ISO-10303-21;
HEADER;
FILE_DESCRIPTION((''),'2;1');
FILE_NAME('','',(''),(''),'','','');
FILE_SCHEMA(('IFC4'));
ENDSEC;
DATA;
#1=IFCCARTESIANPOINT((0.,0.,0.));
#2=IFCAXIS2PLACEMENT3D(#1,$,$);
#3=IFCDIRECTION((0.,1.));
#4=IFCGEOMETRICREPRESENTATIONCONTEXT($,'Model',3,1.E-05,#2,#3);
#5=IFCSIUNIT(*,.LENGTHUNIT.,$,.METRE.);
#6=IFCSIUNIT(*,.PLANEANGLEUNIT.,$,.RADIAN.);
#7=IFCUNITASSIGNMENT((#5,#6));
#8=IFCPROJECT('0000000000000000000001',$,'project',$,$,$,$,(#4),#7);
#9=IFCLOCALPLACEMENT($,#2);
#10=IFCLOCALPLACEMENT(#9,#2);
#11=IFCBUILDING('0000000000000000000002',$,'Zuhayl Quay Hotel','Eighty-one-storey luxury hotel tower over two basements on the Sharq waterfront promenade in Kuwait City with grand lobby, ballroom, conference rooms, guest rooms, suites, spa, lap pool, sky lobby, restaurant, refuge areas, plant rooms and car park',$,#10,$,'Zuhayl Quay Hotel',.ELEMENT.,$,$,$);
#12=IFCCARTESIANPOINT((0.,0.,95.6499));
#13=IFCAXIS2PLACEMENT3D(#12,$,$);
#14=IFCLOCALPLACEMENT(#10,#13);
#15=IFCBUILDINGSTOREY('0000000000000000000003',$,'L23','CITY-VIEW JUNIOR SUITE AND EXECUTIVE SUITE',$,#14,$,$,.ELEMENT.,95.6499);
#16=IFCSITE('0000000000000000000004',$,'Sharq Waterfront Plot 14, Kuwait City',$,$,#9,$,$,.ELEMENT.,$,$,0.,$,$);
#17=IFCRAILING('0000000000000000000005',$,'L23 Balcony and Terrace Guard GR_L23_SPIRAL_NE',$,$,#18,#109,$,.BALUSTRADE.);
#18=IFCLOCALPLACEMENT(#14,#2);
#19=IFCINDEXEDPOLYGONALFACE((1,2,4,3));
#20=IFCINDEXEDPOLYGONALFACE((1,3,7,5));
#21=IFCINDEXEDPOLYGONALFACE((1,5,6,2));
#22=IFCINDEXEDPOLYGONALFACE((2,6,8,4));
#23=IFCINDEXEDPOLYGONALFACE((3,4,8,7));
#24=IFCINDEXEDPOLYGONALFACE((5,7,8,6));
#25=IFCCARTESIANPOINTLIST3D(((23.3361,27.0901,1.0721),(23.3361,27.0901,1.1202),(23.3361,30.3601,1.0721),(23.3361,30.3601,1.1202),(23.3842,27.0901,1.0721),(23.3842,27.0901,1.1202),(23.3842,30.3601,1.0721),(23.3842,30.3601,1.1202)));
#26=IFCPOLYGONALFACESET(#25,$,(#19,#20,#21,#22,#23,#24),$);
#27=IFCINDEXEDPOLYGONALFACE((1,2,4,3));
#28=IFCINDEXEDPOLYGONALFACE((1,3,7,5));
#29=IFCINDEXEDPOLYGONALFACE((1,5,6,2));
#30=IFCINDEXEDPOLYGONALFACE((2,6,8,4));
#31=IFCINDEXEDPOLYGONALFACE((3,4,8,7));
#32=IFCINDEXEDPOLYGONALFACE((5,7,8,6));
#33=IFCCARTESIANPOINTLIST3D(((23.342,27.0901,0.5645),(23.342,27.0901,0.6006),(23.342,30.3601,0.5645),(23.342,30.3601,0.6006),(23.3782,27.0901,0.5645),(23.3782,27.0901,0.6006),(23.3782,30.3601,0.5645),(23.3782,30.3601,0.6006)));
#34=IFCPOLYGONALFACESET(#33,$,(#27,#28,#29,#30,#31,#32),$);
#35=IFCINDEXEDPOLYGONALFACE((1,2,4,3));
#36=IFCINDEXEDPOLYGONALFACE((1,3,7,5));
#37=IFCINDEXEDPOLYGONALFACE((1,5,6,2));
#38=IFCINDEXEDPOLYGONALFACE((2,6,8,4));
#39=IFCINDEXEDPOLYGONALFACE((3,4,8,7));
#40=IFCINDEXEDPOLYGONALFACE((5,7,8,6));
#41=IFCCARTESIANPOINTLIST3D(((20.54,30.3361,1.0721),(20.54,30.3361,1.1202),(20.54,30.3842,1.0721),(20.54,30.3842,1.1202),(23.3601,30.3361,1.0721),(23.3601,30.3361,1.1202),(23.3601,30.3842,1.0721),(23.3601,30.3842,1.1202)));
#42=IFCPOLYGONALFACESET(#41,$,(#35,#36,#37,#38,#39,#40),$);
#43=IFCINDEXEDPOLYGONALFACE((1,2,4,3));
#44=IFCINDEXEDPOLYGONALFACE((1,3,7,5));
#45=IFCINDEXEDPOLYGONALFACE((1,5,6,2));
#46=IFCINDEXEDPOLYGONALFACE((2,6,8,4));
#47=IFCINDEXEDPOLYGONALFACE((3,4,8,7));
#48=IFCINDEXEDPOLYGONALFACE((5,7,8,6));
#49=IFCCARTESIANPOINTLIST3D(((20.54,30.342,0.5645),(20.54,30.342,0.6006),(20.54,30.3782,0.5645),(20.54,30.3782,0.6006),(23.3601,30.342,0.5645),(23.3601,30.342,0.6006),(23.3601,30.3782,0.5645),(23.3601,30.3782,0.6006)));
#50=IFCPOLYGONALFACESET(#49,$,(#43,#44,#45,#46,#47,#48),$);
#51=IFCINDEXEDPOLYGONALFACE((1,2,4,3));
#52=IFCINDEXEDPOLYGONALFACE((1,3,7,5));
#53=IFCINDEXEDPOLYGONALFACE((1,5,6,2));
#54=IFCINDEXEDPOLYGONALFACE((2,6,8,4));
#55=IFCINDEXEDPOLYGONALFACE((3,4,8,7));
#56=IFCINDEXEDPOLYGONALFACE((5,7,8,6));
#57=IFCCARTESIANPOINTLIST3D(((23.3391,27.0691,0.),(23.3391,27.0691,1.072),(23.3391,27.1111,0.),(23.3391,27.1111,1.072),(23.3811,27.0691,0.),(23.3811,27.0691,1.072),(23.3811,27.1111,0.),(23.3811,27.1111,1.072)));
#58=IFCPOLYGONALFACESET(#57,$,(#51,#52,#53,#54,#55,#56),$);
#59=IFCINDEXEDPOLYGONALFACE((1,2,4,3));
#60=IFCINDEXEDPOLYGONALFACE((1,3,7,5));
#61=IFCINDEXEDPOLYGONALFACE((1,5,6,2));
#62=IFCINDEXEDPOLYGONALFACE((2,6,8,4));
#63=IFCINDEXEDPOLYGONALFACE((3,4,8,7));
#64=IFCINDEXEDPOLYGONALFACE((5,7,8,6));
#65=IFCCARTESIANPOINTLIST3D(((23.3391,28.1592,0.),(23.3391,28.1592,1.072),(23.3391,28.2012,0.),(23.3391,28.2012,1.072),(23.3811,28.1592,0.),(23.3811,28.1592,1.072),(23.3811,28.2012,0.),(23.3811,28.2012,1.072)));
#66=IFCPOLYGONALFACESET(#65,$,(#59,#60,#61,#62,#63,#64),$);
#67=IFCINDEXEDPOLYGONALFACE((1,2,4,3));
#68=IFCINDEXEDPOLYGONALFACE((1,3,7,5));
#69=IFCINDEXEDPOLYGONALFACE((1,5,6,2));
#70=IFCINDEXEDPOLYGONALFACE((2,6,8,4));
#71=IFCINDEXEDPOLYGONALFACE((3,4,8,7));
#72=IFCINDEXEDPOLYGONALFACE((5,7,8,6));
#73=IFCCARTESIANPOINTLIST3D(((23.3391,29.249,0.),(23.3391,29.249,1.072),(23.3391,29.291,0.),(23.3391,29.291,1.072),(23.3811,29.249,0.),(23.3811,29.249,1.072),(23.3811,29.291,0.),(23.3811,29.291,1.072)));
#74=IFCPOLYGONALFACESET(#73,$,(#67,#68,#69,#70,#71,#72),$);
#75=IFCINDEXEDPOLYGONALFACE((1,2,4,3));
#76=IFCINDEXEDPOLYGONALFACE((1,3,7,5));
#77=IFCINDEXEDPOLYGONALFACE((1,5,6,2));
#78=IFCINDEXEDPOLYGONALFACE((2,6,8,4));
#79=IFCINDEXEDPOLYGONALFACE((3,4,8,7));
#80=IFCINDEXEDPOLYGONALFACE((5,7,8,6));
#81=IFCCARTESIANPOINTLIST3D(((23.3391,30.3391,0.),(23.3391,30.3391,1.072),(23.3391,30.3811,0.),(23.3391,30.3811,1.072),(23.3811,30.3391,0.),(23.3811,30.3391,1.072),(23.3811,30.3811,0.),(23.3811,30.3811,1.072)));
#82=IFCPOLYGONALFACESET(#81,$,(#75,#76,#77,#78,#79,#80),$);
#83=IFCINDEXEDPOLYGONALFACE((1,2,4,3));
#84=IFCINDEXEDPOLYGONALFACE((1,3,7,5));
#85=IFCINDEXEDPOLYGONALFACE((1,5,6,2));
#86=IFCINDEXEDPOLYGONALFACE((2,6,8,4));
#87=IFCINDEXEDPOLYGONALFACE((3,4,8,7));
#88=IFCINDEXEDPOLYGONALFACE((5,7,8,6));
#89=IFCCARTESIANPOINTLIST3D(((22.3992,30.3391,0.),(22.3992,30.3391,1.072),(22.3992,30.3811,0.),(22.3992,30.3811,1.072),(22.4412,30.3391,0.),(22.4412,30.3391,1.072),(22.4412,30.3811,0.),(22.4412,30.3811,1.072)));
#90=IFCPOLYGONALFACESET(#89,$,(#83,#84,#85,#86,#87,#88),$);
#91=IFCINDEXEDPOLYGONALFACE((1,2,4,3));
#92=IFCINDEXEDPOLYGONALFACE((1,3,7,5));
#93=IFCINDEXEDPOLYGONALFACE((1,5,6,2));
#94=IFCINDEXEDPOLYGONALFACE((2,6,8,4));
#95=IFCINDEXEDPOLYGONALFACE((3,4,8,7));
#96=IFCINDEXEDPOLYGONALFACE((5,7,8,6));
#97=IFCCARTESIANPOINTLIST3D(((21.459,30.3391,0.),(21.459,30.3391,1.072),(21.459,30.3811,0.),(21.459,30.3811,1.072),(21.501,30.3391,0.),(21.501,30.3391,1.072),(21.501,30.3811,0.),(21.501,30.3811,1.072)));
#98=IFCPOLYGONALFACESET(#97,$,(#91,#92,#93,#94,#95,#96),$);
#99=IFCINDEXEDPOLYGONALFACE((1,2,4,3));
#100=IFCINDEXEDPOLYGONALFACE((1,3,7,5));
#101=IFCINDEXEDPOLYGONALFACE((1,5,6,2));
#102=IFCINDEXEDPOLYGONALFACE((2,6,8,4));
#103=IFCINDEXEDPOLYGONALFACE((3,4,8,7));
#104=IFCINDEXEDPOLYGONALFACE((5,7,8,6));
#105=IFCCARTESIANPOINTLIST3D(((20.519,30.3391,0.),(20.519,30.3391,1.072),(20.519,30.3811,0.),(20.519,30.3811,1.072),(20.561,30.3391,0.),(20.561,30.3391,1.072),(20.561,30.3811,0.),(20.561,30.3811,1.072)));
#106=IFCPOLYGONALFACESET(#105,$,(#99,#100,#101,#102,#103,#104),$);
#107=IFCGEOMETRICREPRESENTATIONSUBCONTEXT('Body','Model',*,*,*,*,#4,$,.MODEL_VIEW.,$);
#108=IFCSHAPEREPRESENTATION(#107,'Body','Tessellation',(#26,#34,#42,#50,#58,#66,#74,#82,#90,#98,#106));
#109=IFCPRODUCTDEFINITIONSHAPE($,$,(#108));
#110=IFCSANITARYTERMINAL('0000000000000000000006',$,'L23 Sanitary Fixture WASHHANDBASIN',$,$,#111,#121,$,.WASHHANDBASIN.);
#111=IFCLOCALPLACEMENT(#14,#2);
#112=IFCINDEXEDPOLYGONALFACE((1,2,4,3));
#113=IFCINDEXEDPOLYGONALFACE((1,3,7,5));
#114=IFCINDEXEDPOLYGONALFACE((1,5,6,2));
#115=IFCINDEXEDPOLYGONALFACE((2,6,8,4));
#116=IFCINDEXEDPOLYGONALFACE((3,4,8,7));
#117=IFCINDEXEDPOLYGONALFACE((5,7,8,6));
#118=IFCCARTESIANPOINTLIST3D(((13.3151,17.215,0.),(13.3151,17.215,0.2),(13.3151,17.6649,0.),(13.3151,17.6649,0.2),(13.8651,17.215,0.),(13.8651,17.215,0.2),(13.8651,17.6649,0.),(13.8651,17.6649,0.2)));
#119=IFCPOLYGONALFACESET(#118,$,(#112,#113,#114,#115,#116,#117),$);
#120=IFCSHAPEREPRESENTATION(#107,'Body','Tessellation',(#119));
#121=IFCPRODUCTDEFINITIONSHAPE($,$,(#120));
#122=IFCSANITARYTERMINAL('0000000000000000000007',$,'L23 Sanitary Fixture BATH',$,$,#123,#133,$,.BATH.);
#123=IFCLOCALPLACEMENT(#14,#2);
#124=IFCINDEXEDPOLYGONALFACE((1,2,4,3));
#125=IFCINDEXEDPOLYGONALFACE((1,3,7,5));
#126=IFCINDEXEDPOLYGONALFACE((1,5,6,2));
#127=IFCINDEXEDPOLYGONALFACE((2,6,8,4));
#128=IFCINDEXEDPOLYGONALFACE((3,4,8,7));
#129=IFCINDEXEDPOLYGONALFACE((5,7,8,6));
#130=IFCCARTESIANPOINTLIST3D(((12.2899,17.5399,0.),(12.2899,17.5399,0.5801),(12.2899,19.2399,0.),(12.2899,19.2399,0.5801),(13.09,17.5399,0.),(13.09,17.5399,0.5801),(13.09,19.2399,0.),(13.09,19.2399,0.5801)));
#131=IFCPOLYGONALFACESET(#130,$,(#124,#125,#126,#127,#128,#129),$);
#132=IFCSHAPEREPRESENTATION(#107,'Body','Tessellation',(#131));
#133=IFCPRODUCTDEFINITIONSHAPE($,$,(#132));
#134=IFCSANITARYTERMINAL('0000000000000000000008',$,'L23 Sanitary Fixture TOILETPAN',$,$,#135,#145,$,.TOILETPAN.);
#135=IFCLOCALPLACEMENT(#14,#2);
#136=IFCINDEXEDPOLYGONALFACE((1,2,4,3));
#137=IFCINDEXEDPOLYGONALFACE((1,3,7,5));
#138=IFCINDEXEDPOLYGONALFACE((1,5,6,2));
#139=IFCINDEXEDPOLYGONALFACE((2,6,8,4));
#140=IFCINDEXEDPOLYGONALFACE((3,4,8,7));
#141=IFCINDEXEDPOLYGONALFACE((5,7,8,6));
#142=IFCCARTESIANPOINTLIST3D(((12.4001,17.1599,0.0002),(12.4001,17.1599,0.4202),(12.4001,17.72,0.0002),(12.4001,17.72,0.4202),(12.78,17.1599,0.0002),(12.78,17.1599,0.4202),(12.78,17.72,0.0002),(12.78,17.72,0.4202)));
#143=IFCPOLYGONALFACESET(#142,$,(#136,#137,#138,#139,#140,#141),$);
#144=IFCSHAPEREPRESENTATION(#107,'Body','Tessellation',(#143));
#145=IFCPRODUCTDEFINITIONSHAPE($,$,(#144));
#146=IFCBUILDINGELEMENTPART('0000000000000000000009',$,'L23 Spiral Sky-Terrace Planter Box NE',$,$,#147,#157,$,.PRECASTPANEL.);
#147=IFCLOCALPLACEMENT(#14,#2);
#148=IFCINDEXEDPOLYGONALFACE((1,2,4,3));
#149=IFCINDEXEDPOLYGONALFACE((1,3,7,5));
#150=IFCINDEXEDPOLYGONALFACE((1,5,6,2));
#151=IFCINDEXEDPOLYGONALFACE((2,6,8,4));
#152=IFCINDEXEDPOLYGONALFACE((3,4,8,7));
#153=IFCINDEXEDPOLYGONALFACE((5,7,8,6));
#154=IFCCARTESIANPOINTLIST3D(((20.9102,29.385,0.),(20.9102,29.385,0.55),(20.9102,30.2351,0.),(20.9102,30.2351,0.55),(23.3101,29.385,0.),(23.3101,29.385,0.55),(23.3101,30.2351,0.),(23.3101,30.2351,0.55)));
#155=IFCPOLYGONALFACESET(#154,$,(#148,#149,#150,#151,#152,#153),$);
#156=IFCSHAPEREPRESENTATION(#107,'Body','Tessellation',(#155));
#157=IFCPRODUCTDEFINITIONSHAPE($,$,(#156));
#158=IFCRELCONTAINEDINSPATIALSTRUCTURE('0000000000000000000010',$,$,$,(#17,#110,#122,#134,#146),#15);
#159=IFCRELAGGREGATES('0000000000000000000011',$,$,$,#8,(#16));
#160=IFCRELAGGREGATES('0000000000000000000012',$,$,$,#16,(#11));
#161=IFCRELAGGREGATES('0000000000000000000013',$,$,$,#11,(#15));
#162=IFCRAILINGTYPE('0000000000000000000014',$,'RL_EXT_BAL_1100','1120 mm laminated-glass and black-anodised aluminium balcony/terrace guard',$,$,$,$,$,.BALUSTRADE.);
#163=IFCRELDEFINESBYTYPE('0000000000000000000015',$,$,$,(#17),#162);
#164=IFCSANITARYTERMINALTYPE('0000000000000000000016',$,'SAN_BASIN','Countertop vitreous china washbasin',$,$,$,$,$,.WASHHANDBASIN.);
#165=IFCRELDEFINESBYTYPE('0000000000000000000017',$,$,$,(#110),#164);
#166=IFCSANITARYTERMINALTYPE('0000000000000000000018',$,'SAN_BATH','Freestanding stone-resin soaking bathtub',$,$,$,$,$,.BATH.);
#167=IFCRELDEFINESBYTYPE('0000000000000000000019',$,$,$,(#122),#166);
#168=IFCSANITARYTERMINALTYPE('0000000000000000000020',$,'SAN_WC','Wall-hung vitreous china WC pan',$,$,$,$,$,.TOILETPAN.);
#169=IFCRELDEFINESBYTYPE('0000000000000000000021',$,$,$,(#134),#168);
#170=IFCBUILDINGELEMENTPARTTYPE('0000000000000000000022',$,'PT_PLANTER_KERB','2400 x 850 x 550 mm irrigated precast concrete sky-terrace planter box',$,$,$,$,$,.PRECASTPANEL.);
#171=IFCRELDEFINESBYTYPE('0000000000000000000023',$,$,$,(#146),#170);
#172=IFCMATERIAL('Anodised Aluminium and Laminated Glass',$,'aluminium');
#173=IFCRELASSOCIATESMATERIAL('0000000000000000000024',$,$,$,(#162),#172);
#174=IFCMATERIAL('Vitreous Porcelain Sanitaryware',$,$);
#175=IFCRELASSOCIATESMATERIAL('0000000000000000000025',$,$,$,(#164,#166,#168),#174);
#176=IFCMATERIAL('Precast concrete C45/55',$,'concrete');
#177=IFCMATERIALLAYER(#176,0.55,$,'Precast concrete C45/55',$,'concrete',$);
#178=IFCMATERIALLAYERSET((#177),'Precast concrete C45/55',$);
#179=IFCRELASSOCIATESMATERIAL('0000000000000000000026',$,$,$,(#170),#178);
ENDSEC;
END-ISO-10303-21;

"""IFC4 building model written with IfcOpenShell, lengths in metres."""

from ifc_helpers import new_model, si_unit, direction, frame, origin, origin_2d, place, context, subcontext, project, spatial, rectangle, extrude, material, layer, layer_set, type_object, element, save


model = new_model("IFC4")

# Units and contexts
model_context = context("Model", 3, precision=1e-05, world=origin(), true_north=direction((0.0, 1.0)))
body_context = subcontext(model_context, "Body", "Model", "MODEL_VIEW")
ifc_project = project(units=[si_unit("LENGTHUNIT", "METRE"), si_unit("PLANEANGLEUNIT", "RADIAN")], contexts=[model_context])

# Site, building, storey
site_placement = place(None, origin())
site = spatial("IfcSite", under=ifc_project, at=site_placement, Name="Sharq Waterfront Plot 14, Kuwait City", CompositionType="ELEMENT", RefElevation=0.0)
building_placement = place(site_placement, origin())
building = spatial("IfcBuilding", under=site, at=building_placement, Name="Zuhayl Quay Hotel", Description="Eighty-one-storey luxury hotel tower over two basements on the Sharq waterfront promenade in Kuwait City with grand lobby, ballroom, conference rooms, guest rooms, suites, spa, lap pool, sky lobby, restaurant, refuge areas, plant rooms and car park", LongName="Zuhayl Quay Hotel", CompositionType="ELEMENT")
storey_placement = place(building_placement, frame((0.0, 0.0, 95.6499)))
storey = spatial("IfcBuildingStorey", under=building, at=storey_placement, Name="L23", Description="CITY-VIEW JUNIOR SUITE AND EXECUTIVE SUITE", CompositionType="ELEMENT", Elevation=95.6499)

# Shared definitions
ifc_material_1 = material(Name="Precast concrete C45/55", Category="concrete")

# Railing
ifc_material_2 = material(Name="Anodised Aluminium and Laminated Glass", Category="aluminium")
railing_type = type_object("IfcRailingType", Name="RL_EXT_BAL_1100", Description="1120 mm laminated-glass and black-anodised aluminium balcony/terrace guard", PredefinedType="BALUSTRADE", material=ifc_material_2)
railing_placement = place(storey_placement, frame((23.3601, 27.0901, 0.0)))
element("IfcRailing", 1, at=railing_placement, inside=storey, type_object=railing_type, Name="L23 Balcony and Terrace Guard GR_L23_SPIRAL_NE", PredefinedType="BALUSTRADE", context=body_context, shape_type="SweptSolid", body=[
    extrude(rectangle(XDim=0.0481, YDim=0.0481, at=origin_2d()), frame((0.0, 0.0, 1.0962), z_axis=(0.0, 1.0, 0.0), x_axis=(-1.0, 0.0, 0.0)), (0.0, 0.0, 1.0), 3.27),
    extrude(rectangle(XDim=0.0361, YDim=0.0361, at=origin_2d()), frame((0.0, 0.0, 0.5825), z_axis=(0.0, 1.0, 0.0), x_axis=(-1.0, 0.0, 0.0)), (0.0, 0.0, 1.0), 3.27),
    extrude(rectangle(XDim=0.0481, YDim=0.0481, at=origin_2d()), frame((0.0, 3.27, 1.0962), z_axis=(-1.0, 0.0, 0.0), x_axis=(0.0, -1.0, 0.0)), (0.0, 0.0, 1.0), 2.8201),
    extrude(rectangle(XDim=0.0361, YDim=0.0361, at=origin_2d()), frame((0.0, 3.27, 0.5825), z_axis=(-1.0, 0.0, 0.0), x_axis=(0.0, -1.0, 0.0)), (0.0, 0.0, 1.0), 2.8201),
    extrude(rectangle(XDim=0.042, YDim=0.042, at=origin_2d()), origin(), (0.0, 0.0, 1.0), 1.072),
    extrude(rectangle(XDim=0.042, YDim=0.042, at=origin_2d()), frame((0.0, 1.0901, 0.0)), (0.0, 0.0, 1.0), 1.072),
    extrude(rectangle(XDim=0.042, YDim=0.042, at=origin_2d()), frame((0.0, 2.1799, 0.0)), (0.0, 0.0, 1.0), 1.072),
    extrude(rectangle(XDim=0.042, YDim=0.042, at=origin_2d()), frame((0.0, 3.27, 0.0)), (0.0, 0.0, 1.0), 1.072),
    extrude(rectangle(XDim=0.042, YDim=0.042, at=origin_2d()), frame((-0.9399, 3.27, 0.0)), (0.0, 0.0, 1.0), 1.072),
    extrude(rectangle(XDim=0.042, YDim=0.042, at=origin_2d()), frame((-1.8801, 3.27, 0.0)), (0.0, 0.0, 1.0), 1.072),
    extrude(rectangle(XDim=0.042, YDim=0.042, at=origin_2d()), frame((-2.8201, 3.27, 0.0)), (0.0, 0.0, 1.0), 1.072),
])

# Sanitary terminals
ifc_material_3 = material(Name="Vitreous Porcelain Sanitaryware")
sanitary_terminal_type_1 = type_object("IfcSanitaryTerminalType", Name="SAN_BASIN", Description="Countertop vitreous china washbasin", PredefinedType="WASHHANDBASIN", material=ifc_material_3)
sanitary_terminal_1_placement = place(storey_placement, frame((13.5901, 17.4399, 0.0), z_axis=(0.0, 0.0, 1.0), x_axis=(1.0, 0.0, 0.0)))
element("IfcSanitaryTerminal", 2, at=sanitary_terminal_1_placement, inside=storey, type_object=sanitary_terminal_type_1, Name="L23 Sanitary Fixture WASHHANDBASIN", PredefinedType="WASHHANDBASIN", context=body_context, shape_type="SweptSolid", body=[
    extrude(rectangle(XDim=0.55, YDim=0.45, at=origin_2d()), origin(), (0.0, 0.0, 1.0), 0.2),
])
sanitary_terminal_type_2 = type_object("IfcSanitaryTerminalType", Name="SAN_BATH", Description="Freestanding stone-resin soaking bathtub", PredefinedType="BATH", material=ifc_material_3)
sanitary_terminal_2_placement = place(storey_placement, frame((12.6899, 18.3899, 0.0), z_axis=(0.0, 0.0, 1.0), x_axis=(1.0, 0.0, 0.0)))
element("IfcSanitaryTerminal", 3, at=sanitary_terminal_2_placement, inside=storey, type_object=sanitary_terminal_type_2, Name="L23 Sanitary Fixture BATH", PredefinedType="BATH", context=body_context, shape_type="SweptSolid", body=[
    extrude(rectangle(XDim=0.8, YDim=1.7, at=origin_2d()), origin(), (0.0, 0.0, 1.0), 0.5801),
])
sanitary_terminal_type_3 = type_object("IfcSanitaryTerminalType", Name="SAN_WC", Description="Wall-hung vitreous china WC pan", PredefinedType="TOILETPAN", material=ifc_material_3)
sanitary_terminal_3_placement = place(storey_placement, frame((12.5901, 17.4399, 0.0002), z_axis=(0.0, 0.0, 1.0), x_axis=(1.0, 0.0, 0.0)))
element("IfcSanitaryTerminal", 4, at=sanitary_terminal_3_placement, inside=storey, type_object=sanitary_terminal_type_3, Name="L23 Sanitary Fixture TOILETPAN", PredefinedType="TOILETPAN", context=body_context, shape_type="SweptSolid", body=[
    extrude(rectangle(XDim=0.3799, YDim=0.5601, at=origin_2d()), origin(), (0.0, 0.0, 1.0), 0.4199),
])

# Building element part
ifc_layer_1 = layer(ifc_material_1, 0.55, Name="Precast concrete C45/55", Category="concrete")
ifc_layer_set_1 = layer_set([ifc_layer_1], Name="Precast concrete C45/55")
building_element_part_type = type_object("IfcBuildingElementPartType", Name="PT_PLANTER_KERB", Description="2400 x 850 x 550 mm irrigated precast concrete sky-terrace planter box", PredefinedType="PRECASTPANEL", material=ifc_layer_set_1)
building_element_part_placement = place(storey_placement, frame((22.1101, 29.8101, 0.0), z_axis=(0.0, 0.0, 1.0), x_axis=(1.0, 0.0, 0.0)))
element("IfcBuildingElementPart", 5, at=building_element_part_placement, inside=storey, type_object=building_element_part_type, Name="L23 Spiral Sky-Terrace Planter Box NE", PredefinedType="PRECASTPANEL", context=body_context, shape_type="SweptSolid", body=[
    extrude(rectangle(XDim=2.3999, YDim=0.8501, at=origin_2d()), origin(), (0.0, 0.0, 1.0), 0.55),
])

save(model, "model.ifc")
